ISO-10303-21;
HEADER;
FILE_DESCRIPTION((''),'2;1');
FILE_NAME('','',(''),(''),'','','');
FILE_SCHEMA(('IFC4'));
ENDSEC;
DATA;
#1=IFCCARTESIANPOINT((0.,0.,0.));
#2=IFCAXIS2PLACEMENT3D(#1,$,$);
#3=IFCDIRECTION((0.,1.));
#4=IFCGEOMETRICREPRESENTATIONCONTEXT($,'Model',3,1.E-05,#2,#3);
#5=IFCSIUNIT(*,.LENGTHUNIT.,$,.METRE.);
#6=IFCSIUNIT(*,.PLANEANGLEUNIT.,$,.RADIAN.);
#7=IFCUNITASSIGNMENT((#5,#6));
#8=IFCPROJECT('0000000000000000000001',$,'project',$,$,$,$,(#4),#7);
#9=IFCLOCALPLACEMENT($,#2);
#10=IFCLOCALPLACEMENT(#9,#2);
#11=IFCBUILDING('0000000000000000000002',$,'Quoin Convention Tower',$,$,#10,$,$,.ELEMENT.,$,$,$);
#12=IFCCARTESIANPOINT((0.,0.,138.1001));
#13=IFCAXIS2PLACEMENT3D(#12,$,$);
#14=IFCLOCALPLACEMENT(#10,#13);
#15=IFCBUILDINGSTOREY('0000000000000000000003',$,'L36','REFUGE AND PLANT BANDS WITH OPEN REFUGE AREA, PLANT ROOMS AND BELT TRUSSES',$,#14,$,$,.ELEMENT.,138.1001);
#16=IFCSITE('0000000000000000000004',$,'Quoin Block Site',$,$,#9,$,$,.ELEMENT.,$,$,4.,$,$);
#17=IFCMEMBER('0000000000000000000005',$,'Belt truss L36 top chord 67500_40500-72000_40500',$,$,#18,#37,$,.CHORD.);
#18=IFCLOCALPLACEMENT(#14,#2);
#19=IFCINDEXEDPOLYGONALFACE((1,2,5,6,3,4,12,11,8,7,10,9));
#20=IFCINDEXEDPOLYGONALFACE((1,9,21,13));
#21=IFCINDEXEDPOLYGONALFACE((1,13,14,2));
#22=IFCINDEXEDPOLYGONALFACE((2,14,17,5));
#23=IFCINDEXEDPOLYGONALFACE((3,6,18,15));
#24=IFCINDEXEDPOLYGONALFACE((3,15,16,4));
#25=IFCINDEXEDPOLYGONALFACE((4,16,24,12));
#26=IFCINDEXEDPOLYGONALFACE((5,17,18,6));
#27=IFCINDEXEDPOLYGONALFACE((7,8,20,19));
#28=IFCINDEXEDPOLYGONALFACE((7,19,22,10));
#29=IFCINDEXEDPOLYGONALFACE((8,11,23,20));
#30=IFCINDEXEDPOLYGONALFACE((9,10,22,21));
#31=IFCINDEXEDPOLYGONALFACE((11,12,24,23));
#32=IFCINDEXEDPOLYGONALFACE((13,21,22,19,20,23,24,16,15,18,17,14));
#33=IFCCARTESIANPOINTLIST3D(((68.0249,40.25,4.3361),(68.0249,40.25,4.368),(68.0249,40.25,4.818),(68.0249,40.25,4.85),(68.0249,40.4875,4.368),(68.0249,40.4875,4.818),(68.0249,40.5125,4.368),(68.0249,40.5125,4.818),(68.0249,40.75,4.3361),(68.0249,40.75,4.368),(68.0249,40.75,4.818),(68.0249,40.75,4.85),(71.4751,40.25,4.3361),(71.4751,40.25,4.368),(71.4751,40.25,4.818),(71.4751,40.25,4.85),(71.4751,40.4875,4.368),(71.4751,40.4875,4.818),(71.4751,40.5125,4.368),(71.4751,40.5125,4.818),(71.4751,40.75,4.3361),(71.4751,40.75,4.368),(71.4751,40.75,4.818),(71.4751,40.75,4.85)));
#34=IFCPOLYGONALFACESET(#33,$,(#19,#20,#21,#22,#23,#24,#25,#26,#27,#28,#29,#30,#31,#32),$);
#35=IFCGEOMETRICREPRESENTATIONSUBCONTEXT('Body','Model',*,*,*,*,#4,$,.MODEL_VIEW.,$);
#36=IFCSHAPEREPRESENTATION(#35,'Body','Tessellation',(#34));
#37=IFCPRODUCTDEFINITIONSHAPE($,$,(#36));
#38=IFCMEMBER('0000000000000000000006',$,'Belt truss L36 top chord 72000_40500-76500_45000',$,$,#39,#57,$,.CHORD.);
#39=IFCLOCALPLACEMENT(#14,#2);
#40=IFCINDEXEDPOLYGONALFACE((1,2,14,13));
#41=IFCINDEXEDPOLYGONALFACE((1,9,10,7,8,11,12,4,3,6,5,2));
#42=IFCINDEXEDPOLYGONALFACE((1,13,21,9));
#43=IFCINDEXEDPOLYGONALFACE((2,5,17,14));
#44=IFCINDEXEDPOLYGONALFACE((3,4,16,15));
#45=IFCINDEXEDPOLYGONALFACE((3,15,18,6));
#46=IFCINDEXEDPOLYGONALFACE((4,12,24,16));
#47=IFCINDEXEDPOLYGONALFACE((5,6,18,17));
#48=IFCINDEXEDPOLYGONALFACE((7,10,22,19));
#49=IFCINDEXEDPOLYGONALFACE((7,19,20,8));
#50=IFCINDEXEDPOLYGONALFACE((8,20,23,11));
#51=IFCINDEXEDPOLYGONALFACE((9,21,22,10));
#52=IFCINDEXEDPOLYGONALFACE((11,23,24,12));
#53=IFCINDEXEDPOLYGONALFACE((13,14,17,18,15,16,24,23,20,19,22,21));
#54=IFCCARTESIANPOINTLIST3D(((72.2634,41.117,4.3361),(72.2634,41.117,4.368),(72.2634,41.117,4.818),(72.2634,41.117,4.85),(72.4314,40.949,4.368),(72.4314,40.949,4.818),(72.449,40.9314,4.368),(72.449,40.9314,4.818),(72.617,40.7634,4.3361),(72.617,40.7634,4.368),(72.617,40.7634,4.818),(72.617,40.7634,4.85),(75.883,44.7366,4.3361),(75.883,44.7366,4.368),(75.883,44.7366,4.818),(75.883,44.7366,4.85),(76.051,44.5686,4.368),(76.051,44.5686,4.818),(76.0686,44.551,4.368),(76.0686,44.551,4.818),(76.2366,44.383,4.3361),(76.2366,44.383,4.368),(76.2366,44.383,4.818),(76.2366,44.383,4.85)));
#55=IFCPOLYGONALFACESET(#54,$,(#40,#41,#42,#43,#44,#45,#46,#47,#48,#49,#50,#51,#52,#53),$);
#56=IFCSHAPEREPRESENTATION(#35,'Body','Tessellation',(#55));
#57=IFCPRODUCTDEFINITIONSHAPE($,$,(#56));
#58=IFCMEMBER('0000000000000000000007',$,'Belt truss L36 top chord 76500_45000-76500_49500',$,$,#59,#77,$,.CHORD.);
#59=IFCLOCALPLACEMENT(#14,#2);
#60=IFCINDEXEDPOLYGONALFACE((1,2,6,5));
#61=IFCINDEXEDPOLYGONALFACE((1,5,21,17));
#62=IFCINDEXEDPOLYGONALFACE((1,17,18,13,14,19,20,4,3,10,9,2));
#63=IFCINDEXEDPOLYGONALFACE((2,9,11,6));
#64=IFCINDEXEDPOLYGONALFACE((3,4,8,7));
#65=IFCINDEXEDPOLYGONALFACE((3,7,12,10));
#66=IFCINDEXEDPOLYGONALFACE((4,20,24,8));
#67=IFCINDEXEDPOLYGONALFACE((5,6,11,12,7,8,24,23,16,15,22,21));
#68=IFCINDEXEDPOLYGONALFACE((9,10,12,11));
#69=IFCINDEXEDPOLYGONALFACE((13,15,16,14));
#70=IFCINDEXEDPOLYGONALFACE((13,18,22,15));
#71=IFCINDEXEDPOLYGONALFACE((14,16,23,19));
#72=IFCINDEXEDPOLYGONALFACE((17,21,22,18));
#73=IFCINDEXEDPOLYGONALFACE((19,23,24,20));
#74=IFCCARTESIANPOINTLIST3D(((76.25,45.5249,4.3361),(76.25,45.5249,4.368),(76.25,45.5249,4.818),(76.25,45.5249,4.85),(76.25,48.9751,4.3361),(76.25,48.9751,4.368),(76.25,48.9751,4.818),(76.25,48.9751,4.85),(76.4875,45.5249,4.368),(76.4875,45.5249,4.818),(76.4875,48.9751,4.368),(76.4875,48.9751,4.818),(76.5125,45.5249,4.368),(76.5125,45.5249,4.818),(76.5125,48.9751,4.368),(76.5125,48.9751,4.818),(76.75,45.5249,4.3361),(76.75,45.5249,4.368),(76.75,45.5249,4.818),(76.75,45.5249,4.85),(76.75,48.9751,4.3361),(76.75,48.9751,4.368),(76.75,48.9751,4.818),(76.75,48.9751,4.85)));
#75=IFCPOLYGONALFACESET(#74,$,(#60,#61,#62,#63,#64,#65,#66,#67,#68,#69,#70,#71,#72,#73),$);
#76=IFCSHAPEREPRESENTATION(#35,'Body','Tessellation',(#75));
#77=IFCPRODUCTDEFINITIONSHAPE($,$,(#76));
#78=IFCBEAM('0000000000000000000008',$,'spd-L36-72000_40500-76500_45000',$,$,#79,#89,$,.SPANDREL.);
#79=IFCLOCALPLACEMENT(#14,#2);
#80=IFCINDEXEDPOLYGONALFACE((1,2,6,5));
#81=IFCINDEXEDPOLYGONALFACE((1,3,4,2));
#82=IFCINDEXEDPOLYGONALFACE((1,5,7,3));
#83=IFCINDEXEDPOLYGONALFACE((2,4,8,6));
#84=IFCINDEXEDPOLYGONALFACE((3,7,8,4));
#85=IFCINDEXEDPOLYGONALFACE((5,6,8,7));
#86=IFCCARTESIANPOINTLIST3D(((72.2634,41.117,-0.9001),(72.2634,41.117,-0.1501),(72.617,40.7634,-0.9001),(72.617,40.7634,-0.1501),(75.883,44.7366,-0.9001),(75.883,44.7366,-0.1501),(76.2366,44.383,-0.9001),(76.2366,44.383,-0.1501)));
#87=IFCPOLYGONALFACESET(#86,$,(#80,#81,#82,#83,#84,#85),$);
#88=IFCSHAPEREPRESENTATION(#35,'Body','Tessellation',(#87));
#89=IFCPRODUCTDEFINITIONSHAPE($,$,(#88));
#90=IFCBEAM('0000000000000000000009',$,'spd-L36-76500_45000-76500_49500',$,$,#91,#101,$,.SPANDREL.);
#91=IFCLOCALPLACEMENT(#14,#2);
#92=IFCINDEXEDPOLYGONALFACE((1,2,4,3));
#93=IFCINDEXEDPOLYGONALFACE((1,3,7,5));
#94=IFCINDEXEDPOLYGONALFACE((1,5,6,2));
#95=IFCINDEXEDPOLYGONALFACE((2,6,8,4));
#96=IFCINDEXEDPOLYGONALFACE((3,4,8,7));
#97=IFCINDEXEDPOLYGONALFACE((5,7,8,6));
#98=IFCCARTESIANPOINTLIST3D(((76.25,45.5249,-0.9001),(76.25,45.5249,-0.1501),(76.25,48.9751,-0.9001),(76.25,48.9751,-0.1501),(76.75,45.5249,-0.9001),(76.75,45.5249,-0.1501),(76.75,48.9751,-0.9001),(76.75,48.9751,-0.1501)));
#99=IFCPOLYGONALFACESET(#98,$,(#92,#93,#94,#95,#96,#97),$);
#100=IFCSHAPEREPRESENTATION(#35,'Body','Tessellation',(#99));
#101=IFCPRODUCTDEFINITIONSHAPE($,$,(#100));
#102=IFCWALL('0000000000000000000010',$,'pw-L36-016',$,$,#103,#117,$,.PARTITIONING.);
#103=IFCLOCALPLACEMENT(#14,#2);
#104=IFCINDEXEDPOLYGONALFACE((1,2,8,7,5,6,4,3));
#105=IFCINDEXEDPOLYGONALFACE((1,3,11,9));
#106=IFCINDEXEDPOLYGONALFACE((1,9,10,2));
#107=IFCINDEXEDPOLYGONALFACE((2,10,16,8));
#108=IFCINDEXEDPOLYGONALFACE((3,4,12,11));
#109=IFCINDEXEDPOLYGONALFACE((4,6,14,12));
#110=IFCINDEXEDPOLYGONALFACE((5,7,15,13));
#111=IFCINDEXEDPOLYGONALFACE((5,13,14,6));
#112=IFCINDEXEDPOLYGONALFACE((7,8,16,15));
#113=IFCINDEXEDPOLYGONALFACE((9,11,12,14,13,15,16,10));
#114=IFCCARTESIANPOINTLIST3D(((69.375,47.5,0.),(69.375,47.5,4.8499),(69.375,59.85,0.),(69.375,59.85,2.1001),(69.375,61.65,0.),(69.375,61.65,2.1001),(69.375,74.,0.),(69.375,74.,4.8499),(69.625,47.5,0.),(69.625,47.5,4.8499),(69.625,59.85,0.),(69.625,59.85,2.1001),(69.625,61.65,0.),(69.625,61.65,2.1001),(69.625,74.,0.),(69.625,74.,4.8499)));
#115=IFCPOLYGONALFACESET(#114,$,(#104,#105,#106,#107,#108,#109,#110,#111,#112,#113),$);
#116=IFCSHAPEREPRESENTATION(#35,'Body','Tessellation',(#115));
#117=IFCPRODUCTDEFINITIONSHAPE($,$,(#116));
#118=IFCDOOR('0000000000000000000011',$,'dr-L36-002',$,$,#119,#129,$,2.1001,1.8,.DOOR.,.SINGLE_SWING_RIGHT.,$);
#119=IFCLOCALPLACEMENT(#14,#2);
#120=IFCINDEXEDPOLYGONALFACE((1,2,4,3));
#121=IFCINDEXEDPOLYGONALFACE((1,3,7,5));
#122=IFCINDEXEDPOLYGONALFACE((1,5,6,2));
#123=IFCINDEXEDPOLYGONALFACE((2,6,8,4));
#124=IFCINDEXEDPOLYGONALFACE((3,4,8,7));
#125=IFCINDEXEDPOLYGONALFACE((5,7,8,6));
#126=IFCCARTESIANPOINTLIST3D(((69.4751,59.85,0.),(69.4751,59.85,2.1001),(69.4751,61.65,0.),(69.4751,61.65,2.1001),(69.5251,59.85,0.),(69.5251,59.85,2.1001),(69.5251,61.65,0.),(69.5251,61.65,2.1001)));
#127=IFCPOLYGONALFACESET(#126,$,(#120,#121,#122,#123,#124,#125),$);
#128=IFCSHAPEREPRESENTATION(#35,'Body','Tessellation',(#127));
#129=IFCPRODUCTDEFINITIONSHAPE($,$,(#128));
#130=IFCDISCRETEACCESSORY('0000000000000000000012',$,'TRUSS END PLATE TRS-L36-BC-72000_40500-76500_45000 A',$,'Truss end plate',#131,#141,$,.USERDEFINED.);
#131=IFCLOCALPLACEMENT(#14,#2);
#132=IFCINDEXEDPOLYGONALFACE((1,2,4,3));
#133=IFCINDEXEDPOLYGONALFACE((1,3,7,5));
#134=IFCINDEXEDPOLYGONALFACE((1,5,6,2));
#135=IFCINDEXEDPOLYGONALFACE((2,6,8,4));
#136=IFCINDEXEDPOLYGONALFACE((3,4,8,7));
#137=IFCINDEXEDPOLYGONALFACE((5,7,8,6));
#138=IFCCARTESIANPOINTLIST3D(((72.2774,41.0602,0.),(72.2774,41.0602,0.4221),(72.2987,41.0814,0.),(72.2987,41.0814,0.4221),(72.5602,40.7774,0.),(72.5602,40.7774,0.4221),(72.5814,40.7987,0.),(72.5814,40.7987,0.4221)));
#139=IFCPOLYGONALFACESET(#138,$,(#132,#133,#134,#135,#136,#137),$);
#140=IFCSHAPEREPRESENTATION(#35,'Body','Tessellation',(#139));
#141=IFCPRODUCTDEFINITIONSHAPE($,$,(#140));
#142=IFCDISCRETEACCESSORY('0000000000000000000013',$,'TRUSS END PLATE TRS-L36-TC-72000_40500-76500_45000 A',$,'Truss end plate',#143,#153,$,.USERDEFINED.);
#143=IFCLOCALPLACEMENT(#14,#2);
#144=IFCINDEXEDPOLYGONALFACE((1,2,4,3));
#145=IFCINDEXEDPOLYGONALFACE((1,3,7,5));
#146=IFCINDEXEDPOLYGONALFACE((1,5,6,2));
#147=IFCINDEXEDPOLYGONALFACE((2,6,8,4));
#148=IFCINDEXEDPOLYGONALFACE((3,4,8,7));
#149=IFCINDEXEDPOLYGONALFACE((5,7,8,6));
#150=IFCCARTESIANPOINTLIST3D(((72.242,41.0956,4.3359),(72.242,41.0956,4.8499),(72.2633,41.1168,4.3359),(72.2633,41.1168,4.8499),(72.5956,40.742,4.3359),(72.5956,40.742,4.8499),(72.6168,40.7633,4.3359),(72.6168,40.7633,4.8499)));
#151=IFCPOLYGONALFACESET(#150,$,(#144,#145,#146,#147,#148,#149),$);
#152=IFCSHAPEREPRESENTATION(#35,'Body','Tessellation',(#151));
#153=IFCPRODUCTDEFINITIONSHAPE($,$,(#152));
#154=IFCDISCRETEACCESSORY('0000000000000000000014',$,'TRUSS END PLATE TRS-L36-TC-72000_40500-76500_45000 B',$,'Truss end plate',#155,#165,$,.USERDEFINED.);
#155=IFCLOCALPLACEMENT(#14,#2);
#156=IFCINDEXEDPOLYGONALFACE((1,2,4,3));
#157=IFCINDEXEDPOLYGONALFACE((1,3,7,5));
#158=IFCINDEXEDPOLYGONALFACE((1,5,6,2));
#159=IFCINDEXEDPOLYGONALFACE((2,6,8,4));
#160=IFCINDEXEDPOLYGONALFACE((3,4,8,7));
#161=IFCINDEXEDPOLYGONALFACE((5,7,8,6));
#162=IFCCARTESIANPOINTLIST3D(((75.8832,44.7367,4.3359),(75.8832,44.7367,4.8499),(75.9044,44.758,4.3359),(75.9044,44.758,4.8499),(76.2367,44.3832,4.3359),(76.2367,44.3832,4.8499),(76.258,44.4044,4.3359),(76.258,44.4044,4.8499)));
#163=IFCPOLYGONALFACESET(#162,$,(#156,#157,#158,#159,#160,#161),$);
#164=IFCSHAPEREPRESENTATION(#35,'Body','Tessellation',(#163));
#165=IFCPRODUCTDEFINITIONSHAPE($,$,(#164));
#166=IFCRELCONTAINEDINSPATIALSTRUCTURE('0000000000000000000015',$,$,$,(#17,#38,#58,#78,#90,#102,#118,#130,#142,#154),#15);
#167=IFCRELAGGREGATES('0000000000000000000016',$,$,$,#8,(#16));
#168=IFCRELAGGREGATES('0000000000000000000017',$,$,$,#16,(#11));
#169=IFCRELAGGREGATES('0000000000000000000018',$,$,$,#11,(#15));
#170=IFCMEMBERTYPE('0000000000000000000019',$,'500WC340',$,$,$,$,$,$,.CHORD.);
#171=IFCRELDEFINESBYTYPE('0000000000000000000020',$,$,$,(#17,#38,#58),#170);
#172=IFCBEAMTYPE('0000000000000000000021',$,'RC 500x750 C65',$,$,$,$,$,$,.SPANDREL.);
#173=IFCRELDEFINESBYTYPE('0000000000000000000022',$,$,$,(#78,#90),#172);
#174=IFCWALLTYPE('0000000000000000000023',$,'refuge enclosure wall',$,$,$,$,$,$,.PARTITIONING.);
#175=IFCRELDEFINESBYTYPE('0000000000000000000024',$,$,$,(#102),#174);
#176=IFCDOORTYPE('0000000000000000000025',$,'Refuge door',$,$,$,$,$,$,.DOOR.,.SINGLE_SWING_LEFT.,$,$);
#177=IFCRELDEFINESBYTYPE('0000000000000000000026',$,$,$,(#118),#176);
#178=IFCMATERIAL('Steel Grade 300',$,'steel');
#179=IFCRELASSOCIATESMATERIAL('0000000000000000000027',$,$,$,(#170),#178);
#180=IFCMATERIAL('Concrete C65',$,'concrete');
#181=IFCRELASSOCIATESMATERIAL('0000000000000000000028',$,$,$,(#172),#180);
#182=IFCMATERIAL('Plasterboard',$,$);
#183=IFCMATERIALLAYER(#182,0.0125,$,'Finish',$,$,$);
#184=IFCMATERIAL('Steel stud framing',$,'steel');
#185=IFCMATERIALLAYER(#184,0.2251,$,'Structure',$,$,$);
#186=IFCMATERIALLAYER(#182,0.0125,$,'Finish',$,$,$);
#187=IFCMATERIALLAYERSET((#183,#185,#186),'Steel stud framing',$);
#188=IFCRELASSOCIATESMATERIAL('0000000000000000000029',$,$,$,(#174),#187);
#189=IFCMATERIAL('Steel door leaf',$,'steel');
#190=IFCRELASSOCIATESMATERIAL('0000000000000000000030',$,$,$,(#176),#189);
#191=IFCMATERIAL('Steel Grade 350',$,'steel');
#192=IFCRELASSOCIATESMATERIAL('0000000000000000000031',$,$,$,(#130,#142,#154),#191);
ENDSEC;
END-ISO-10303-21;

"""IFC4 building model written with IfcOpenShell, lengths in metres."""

from ifc_helpers import new_model, si_unit, direction, frame, frame_2d, origin, origin_2d, place, context, subcontext, project, spatial, rectangle, i_section, extrude, material, layer, layer_set, material_profile, profile_set, type_object, element, fill, save


model = new_model("IFC4")

# Units and contexts
model_context = context("Model", 3, precision=1e-05, world=origin(), true_north=direction((0.0, 1.0)))
body_context = subcontext(model_context, "Body", "Model", "MODEL_VIEW")
ifc_project = project(units=[si_unit("LENGTHUNIT", "METRE"), si_unit("PLANEANGLEUNIT", "RADIAN")], contexts=[model_context])

# Site, building, storey
site_placement = place(None, origin())
site = spatial("IfcSite", under=ifc_project, at=site_placement, Name="Quoin Block Site", CompositionType="ELEMENT", RefElevation=4.0)
building_placement = place(site_placement, origin())
building = spatial("IfcBuilding", under=site, at=building_placement, Name="Quoin Convention Tower", CompositionType="ELEMENT")
storey_placement = place(building_placement, frame((0.0, 0.0, 138.1001)))
storey = spatial("IfcBuildingStorey", under=building, at=storey_placement, Name="L36", Description="REFUGE AND PLANT BANDS WITH OPEN REFUGE AREA, PLANT ROOMS AND BELT TRUSSES", CompositionType="ELEMENT", Elevation=138.1001)

# Shared definitions
ifc_material_1 = material(Name="Concrete C65", Category="concrete")

# Members
ifc_material_2 = material(Name="Steel Grade 300", Category="steel")
ifc_material_profile_1 = material_profile(ifc_material_2, i_section(OverallWidth=0.5, OverallDepth=0.5139, WebThickness=0.0249, FlangeThickness=0.032, at=origin_2d()), Name="500WC340")
ifc_profile_set_1 = profile_set([ifc_material_profile_1], Name="Steel Grade 300")
member_type_1 = type_object("IfcMemberType", Name="500WC340", PredefinedType="CHORD", material=ifc_profile_set_1)
member_1_placement = place(storey_placement, frame((68.0249, 40.5, 4.593), z_axis=(1.0, 0.0, 0.0), x_axis=(0.0, 1.0, 0.0)))
element("IfcMember", 1, at=member_1_placement, inside=storey, type_object=member_type_1, Name="Belt truss L36 top chord 67500_40500-72000_40500", PredefinedType="CHORD", context=body_context, shape_type="SweptSolid", body=[
    extrude(i_section(OverallWidth=0.5, OverallDepth=0.5139, WebThickness=0.0249, FlangeThickness=0.032, at=origin_2d()), origin(), (0.0, 0.0, 1.0), 3.4502),
])
member_2_placement = place(storey_placement, frame((72.4402, 40.9402, 4.593), z_axis=(0.707107, 0.707107, 0.0), x_axis=(-0.707107, 0.707107, 0.0)))
element("IfcMember", 2, at=member_2_placement, inside=storey, type_object=member_type_1, Name="Belt truss L36 top chord 72000_40500-76500_45000", PredefinedType="CHORD", context=body_context, shape_type="SweptSolid", body=[
    extrude(i_section(OverallWidth=0.5, OverallDepth=0.5139, WebThickness=0.0249, FlangeThickness=0.032, at=origin_2d()), origin(), (0.0, 0.0, 1.0), 5.1189),
])
member_3_placement = place(storey_placement, frame((76.5, 45.5249, 4.593), z_axis=(0.0, 1.0, 0.0), x_axis=(-1.0, 0.0, 0.0)))
element("IfcMember", 3, at=member_3_placement, inside=storey, type_object=member_type_1, Name="Belt truss L36 top chord 76500_45000-76500_49500", PredefinedType="CHORD", context=body_context, shape_type="SweptSolid", body=[
    extrude(i_section(OverallWidth=0.5, OverallDepth=0.5139, WebThickness=0.0249, FlangeThickness=0.032, at=origin_2d()), origin(), (0.0, 0.0, 1.0), 3.4502),
])

# Beams
ifc_material_profile_2 = material_profile(ifc_material_1, rectangle(XDim=0.5, YDim=0.75, at=origin_2d()), Name="RC 500x750")
ifc_profile_set_2 = profile_set([ifc_material_profile_2], Name="Concrete C65")
beam_type_1 = type_object("IfcBeamType", Name="RC 500x750 C65", PredefinedType="SPANDREL", material=ifc_profile_set_2)
beam_1_placement = place(storey_placement, frame((72.4402, 40.9402, -0.5251), z_axis=(0.707107, 0.707107, 0.0), x_axis=(-0.707107, 0.707107, 0.0)))
element("IfcBeam", 4, at=beam_1_placement, inside=storey, type_object=beam_type_1, Name="spd-L36-72000_40500-76500_45000", PredefinedType="SPANDREL", context=body_context, shape_type="SweptSolid", body=[
    extrude(rectangle(XDim=0.5, YDim=0.75, at=origin_2d()), origin(), (0.0, 0.0, 1.0), 5.1189),
])
beam_2_placement = place(storey_placement, frame((76.5, 45.5249, -0.5251), z_axis=(0.0, 1.0, 0.0), x_axis=(-1.0, 0.0, 0.0)))
element("IfcBeam", 5, at=beam_2_placement, inside=storey, type_object=beam_type_1, Name="spd-L36-76500_45000-76500_49500", PredefinedType="SPANDREL", context=body_context, shape_type="SweptSolid", body=[
    extrude(rectangle(XDim=0.5, YDim=0.75, at=origin_2d()), origin(), (0.0, 0.0, 1.0), 3.4502),
])

# Wall, opening, door
ifc_material_3 = material(Name="Plasterboard")
ifc_layer_1 = layer(ifc_material_3, 0.0125, Name="Finish")
ifc_material_4 = material(Name="Steel stud framing", Category="steel")
ifc_layer_2 = layer(ifc_material_4, 0.2251, Name="Structure")
ifc_layer_3 = layer(ifc_material_3, 0.0125, Name="Finish")
ifc_layer_set = layer_set([ifc_layer_1, ifc_layer_2, ifc_layer_3], Name="Steel stud framing")
wall_type = type_object("IfcWallType", Name="refuge enclosure wall", PredefinedType="PARTITIONING", material=ifc_layer_set)
wall_placement = place(storey_placement, frame((69.5, 47.5, 0.0), z_axis=(0.0, 0.0, 1.0), x_axis=(0.0, 1.0, 0.0)))
wall = element("IfcWall", 6, at=wall_placement, inside=storey, type_object=wall_type, Name="pw-L36-016", PredefinedType="PARTITIONING", context=body_context, shape_type="SweptSolid", body=[
    extrude(rectangle(XDim=26.5, YDim=0.25, at=frame_2d((13.25, 0.0))), origin(), (0.0, 0.0, 1.0), 4.8499),
])
opening_placement = place(wall_placement, frame((12.3501, 0.0, 0.0)))
opening = element("IfcOpeningElement", 7, at=opening_placement, cuts=wall, PredefinedType="OPENING", context=body_context, shape_type="SweptSolid", body=[
    extrude(rectangle(XDim=1.8, YDim=2.1001, at=frame_2d((0.8999, 1.05))), frame((0.0, 0.135, 0.0), z_axis=(0.0, -1.0, 0.0), x_axis=(1.0, 0.0, 0.0)), (0.0, 0.0, 1.0), 0.27),
])
ifc_material_5 = material(Name="Steel door leaf", Category="steel")
door_type = type_object("IfcDoorType", Name="Refuge door", OperationType="SINGLE_SWING_LEFT", PredefinedType="DOOR", material=ifc_material_5)
door_placement = place(opening_placement, origin())
door = element("IfcDoor", 8, at=door_placement, inside=storey, type_object=door_type, Name="dr-L36-002", OperationType="SINGLE_SWING_RIGHT", OverallHeight=2.1001, OverallWidth=1.8, PredefinedType="DOOR", context=body_context, shape_type="SweptSolid", body=[
    extrude(rectangle(XDim=1.8, YDim=2.1001, at=frame_2d((0.8999, 1.05))), frame((0.0, 0.0249, 0.0), z_axis=(0.0, -1.0, 0.0), x_axis=(1.0, 0.0, 0.0)), (0.0, 0.0, 1.0), 0.05),
])
fill(opening, door)

# Discrete accessories
ifc_material_6 = material(Name="Steel Grade 350", Category="steel")
discrete_accessory_placement = place(storey_placement, frame((72.4294, 40.9294, 0.0), z_axis=(0.0, 0.0, 1.0), x_axis=(-0.707107, -0.707107, 0.0)))
element("IfcDiscreteAccessory", 9, at=discrete_accessory_placement, inside=storey, material=ifc_material_6, Name="TRUSS END PLATE TRS-L36-BC-72000_40500-76500_45000 A", ObjectType="Truss end plate", PredefinedType="USERDEFINED", context=body_context, shape_type="SweptSolid", body=[
    extrude(rectangle(XDim=0.03, YDim=0.3999, at=origin_2d()), origin(), (0.0, 0.0, 1.0), 0.4221),
])
for number, where, z_axis, x_axis, name in (
    (10, (72.4294, 40.9294, 4.3359), (0.0, 0.0, 1.0), (-0.707107, -0.707107, 0.0), "TRUSS END PLATE TRS-L36-TC-72000_40500-76500_45000 A"),
    (11, (76.0706, 44.5706, 4.3359), (0.0, 0.0, 1.0), (0.707107, 0.707107, 0.0), "TRUSS END PLATE TRS-L36-TC-72000_40500-76500_45000 B"),
):
    element("IfcDiscreteAccessory", number, at=place(storey_placement, frame(where, z_axis=z_axis, x_axis=x_axis)), inside=storey, material=ifc_material_6, Name=name, ObjectType="Truss end plate", PredefinedType="USERDEFINED", context=body_context, shape_type="SweptSolid", body=[
        extrude(rectangle(XDim=0.03, YDim=0.5, at=origin_2d()), origin(), (0.0, 0.0, 1.0), 0.5139),
    ])

save(model, "model.ifc")
